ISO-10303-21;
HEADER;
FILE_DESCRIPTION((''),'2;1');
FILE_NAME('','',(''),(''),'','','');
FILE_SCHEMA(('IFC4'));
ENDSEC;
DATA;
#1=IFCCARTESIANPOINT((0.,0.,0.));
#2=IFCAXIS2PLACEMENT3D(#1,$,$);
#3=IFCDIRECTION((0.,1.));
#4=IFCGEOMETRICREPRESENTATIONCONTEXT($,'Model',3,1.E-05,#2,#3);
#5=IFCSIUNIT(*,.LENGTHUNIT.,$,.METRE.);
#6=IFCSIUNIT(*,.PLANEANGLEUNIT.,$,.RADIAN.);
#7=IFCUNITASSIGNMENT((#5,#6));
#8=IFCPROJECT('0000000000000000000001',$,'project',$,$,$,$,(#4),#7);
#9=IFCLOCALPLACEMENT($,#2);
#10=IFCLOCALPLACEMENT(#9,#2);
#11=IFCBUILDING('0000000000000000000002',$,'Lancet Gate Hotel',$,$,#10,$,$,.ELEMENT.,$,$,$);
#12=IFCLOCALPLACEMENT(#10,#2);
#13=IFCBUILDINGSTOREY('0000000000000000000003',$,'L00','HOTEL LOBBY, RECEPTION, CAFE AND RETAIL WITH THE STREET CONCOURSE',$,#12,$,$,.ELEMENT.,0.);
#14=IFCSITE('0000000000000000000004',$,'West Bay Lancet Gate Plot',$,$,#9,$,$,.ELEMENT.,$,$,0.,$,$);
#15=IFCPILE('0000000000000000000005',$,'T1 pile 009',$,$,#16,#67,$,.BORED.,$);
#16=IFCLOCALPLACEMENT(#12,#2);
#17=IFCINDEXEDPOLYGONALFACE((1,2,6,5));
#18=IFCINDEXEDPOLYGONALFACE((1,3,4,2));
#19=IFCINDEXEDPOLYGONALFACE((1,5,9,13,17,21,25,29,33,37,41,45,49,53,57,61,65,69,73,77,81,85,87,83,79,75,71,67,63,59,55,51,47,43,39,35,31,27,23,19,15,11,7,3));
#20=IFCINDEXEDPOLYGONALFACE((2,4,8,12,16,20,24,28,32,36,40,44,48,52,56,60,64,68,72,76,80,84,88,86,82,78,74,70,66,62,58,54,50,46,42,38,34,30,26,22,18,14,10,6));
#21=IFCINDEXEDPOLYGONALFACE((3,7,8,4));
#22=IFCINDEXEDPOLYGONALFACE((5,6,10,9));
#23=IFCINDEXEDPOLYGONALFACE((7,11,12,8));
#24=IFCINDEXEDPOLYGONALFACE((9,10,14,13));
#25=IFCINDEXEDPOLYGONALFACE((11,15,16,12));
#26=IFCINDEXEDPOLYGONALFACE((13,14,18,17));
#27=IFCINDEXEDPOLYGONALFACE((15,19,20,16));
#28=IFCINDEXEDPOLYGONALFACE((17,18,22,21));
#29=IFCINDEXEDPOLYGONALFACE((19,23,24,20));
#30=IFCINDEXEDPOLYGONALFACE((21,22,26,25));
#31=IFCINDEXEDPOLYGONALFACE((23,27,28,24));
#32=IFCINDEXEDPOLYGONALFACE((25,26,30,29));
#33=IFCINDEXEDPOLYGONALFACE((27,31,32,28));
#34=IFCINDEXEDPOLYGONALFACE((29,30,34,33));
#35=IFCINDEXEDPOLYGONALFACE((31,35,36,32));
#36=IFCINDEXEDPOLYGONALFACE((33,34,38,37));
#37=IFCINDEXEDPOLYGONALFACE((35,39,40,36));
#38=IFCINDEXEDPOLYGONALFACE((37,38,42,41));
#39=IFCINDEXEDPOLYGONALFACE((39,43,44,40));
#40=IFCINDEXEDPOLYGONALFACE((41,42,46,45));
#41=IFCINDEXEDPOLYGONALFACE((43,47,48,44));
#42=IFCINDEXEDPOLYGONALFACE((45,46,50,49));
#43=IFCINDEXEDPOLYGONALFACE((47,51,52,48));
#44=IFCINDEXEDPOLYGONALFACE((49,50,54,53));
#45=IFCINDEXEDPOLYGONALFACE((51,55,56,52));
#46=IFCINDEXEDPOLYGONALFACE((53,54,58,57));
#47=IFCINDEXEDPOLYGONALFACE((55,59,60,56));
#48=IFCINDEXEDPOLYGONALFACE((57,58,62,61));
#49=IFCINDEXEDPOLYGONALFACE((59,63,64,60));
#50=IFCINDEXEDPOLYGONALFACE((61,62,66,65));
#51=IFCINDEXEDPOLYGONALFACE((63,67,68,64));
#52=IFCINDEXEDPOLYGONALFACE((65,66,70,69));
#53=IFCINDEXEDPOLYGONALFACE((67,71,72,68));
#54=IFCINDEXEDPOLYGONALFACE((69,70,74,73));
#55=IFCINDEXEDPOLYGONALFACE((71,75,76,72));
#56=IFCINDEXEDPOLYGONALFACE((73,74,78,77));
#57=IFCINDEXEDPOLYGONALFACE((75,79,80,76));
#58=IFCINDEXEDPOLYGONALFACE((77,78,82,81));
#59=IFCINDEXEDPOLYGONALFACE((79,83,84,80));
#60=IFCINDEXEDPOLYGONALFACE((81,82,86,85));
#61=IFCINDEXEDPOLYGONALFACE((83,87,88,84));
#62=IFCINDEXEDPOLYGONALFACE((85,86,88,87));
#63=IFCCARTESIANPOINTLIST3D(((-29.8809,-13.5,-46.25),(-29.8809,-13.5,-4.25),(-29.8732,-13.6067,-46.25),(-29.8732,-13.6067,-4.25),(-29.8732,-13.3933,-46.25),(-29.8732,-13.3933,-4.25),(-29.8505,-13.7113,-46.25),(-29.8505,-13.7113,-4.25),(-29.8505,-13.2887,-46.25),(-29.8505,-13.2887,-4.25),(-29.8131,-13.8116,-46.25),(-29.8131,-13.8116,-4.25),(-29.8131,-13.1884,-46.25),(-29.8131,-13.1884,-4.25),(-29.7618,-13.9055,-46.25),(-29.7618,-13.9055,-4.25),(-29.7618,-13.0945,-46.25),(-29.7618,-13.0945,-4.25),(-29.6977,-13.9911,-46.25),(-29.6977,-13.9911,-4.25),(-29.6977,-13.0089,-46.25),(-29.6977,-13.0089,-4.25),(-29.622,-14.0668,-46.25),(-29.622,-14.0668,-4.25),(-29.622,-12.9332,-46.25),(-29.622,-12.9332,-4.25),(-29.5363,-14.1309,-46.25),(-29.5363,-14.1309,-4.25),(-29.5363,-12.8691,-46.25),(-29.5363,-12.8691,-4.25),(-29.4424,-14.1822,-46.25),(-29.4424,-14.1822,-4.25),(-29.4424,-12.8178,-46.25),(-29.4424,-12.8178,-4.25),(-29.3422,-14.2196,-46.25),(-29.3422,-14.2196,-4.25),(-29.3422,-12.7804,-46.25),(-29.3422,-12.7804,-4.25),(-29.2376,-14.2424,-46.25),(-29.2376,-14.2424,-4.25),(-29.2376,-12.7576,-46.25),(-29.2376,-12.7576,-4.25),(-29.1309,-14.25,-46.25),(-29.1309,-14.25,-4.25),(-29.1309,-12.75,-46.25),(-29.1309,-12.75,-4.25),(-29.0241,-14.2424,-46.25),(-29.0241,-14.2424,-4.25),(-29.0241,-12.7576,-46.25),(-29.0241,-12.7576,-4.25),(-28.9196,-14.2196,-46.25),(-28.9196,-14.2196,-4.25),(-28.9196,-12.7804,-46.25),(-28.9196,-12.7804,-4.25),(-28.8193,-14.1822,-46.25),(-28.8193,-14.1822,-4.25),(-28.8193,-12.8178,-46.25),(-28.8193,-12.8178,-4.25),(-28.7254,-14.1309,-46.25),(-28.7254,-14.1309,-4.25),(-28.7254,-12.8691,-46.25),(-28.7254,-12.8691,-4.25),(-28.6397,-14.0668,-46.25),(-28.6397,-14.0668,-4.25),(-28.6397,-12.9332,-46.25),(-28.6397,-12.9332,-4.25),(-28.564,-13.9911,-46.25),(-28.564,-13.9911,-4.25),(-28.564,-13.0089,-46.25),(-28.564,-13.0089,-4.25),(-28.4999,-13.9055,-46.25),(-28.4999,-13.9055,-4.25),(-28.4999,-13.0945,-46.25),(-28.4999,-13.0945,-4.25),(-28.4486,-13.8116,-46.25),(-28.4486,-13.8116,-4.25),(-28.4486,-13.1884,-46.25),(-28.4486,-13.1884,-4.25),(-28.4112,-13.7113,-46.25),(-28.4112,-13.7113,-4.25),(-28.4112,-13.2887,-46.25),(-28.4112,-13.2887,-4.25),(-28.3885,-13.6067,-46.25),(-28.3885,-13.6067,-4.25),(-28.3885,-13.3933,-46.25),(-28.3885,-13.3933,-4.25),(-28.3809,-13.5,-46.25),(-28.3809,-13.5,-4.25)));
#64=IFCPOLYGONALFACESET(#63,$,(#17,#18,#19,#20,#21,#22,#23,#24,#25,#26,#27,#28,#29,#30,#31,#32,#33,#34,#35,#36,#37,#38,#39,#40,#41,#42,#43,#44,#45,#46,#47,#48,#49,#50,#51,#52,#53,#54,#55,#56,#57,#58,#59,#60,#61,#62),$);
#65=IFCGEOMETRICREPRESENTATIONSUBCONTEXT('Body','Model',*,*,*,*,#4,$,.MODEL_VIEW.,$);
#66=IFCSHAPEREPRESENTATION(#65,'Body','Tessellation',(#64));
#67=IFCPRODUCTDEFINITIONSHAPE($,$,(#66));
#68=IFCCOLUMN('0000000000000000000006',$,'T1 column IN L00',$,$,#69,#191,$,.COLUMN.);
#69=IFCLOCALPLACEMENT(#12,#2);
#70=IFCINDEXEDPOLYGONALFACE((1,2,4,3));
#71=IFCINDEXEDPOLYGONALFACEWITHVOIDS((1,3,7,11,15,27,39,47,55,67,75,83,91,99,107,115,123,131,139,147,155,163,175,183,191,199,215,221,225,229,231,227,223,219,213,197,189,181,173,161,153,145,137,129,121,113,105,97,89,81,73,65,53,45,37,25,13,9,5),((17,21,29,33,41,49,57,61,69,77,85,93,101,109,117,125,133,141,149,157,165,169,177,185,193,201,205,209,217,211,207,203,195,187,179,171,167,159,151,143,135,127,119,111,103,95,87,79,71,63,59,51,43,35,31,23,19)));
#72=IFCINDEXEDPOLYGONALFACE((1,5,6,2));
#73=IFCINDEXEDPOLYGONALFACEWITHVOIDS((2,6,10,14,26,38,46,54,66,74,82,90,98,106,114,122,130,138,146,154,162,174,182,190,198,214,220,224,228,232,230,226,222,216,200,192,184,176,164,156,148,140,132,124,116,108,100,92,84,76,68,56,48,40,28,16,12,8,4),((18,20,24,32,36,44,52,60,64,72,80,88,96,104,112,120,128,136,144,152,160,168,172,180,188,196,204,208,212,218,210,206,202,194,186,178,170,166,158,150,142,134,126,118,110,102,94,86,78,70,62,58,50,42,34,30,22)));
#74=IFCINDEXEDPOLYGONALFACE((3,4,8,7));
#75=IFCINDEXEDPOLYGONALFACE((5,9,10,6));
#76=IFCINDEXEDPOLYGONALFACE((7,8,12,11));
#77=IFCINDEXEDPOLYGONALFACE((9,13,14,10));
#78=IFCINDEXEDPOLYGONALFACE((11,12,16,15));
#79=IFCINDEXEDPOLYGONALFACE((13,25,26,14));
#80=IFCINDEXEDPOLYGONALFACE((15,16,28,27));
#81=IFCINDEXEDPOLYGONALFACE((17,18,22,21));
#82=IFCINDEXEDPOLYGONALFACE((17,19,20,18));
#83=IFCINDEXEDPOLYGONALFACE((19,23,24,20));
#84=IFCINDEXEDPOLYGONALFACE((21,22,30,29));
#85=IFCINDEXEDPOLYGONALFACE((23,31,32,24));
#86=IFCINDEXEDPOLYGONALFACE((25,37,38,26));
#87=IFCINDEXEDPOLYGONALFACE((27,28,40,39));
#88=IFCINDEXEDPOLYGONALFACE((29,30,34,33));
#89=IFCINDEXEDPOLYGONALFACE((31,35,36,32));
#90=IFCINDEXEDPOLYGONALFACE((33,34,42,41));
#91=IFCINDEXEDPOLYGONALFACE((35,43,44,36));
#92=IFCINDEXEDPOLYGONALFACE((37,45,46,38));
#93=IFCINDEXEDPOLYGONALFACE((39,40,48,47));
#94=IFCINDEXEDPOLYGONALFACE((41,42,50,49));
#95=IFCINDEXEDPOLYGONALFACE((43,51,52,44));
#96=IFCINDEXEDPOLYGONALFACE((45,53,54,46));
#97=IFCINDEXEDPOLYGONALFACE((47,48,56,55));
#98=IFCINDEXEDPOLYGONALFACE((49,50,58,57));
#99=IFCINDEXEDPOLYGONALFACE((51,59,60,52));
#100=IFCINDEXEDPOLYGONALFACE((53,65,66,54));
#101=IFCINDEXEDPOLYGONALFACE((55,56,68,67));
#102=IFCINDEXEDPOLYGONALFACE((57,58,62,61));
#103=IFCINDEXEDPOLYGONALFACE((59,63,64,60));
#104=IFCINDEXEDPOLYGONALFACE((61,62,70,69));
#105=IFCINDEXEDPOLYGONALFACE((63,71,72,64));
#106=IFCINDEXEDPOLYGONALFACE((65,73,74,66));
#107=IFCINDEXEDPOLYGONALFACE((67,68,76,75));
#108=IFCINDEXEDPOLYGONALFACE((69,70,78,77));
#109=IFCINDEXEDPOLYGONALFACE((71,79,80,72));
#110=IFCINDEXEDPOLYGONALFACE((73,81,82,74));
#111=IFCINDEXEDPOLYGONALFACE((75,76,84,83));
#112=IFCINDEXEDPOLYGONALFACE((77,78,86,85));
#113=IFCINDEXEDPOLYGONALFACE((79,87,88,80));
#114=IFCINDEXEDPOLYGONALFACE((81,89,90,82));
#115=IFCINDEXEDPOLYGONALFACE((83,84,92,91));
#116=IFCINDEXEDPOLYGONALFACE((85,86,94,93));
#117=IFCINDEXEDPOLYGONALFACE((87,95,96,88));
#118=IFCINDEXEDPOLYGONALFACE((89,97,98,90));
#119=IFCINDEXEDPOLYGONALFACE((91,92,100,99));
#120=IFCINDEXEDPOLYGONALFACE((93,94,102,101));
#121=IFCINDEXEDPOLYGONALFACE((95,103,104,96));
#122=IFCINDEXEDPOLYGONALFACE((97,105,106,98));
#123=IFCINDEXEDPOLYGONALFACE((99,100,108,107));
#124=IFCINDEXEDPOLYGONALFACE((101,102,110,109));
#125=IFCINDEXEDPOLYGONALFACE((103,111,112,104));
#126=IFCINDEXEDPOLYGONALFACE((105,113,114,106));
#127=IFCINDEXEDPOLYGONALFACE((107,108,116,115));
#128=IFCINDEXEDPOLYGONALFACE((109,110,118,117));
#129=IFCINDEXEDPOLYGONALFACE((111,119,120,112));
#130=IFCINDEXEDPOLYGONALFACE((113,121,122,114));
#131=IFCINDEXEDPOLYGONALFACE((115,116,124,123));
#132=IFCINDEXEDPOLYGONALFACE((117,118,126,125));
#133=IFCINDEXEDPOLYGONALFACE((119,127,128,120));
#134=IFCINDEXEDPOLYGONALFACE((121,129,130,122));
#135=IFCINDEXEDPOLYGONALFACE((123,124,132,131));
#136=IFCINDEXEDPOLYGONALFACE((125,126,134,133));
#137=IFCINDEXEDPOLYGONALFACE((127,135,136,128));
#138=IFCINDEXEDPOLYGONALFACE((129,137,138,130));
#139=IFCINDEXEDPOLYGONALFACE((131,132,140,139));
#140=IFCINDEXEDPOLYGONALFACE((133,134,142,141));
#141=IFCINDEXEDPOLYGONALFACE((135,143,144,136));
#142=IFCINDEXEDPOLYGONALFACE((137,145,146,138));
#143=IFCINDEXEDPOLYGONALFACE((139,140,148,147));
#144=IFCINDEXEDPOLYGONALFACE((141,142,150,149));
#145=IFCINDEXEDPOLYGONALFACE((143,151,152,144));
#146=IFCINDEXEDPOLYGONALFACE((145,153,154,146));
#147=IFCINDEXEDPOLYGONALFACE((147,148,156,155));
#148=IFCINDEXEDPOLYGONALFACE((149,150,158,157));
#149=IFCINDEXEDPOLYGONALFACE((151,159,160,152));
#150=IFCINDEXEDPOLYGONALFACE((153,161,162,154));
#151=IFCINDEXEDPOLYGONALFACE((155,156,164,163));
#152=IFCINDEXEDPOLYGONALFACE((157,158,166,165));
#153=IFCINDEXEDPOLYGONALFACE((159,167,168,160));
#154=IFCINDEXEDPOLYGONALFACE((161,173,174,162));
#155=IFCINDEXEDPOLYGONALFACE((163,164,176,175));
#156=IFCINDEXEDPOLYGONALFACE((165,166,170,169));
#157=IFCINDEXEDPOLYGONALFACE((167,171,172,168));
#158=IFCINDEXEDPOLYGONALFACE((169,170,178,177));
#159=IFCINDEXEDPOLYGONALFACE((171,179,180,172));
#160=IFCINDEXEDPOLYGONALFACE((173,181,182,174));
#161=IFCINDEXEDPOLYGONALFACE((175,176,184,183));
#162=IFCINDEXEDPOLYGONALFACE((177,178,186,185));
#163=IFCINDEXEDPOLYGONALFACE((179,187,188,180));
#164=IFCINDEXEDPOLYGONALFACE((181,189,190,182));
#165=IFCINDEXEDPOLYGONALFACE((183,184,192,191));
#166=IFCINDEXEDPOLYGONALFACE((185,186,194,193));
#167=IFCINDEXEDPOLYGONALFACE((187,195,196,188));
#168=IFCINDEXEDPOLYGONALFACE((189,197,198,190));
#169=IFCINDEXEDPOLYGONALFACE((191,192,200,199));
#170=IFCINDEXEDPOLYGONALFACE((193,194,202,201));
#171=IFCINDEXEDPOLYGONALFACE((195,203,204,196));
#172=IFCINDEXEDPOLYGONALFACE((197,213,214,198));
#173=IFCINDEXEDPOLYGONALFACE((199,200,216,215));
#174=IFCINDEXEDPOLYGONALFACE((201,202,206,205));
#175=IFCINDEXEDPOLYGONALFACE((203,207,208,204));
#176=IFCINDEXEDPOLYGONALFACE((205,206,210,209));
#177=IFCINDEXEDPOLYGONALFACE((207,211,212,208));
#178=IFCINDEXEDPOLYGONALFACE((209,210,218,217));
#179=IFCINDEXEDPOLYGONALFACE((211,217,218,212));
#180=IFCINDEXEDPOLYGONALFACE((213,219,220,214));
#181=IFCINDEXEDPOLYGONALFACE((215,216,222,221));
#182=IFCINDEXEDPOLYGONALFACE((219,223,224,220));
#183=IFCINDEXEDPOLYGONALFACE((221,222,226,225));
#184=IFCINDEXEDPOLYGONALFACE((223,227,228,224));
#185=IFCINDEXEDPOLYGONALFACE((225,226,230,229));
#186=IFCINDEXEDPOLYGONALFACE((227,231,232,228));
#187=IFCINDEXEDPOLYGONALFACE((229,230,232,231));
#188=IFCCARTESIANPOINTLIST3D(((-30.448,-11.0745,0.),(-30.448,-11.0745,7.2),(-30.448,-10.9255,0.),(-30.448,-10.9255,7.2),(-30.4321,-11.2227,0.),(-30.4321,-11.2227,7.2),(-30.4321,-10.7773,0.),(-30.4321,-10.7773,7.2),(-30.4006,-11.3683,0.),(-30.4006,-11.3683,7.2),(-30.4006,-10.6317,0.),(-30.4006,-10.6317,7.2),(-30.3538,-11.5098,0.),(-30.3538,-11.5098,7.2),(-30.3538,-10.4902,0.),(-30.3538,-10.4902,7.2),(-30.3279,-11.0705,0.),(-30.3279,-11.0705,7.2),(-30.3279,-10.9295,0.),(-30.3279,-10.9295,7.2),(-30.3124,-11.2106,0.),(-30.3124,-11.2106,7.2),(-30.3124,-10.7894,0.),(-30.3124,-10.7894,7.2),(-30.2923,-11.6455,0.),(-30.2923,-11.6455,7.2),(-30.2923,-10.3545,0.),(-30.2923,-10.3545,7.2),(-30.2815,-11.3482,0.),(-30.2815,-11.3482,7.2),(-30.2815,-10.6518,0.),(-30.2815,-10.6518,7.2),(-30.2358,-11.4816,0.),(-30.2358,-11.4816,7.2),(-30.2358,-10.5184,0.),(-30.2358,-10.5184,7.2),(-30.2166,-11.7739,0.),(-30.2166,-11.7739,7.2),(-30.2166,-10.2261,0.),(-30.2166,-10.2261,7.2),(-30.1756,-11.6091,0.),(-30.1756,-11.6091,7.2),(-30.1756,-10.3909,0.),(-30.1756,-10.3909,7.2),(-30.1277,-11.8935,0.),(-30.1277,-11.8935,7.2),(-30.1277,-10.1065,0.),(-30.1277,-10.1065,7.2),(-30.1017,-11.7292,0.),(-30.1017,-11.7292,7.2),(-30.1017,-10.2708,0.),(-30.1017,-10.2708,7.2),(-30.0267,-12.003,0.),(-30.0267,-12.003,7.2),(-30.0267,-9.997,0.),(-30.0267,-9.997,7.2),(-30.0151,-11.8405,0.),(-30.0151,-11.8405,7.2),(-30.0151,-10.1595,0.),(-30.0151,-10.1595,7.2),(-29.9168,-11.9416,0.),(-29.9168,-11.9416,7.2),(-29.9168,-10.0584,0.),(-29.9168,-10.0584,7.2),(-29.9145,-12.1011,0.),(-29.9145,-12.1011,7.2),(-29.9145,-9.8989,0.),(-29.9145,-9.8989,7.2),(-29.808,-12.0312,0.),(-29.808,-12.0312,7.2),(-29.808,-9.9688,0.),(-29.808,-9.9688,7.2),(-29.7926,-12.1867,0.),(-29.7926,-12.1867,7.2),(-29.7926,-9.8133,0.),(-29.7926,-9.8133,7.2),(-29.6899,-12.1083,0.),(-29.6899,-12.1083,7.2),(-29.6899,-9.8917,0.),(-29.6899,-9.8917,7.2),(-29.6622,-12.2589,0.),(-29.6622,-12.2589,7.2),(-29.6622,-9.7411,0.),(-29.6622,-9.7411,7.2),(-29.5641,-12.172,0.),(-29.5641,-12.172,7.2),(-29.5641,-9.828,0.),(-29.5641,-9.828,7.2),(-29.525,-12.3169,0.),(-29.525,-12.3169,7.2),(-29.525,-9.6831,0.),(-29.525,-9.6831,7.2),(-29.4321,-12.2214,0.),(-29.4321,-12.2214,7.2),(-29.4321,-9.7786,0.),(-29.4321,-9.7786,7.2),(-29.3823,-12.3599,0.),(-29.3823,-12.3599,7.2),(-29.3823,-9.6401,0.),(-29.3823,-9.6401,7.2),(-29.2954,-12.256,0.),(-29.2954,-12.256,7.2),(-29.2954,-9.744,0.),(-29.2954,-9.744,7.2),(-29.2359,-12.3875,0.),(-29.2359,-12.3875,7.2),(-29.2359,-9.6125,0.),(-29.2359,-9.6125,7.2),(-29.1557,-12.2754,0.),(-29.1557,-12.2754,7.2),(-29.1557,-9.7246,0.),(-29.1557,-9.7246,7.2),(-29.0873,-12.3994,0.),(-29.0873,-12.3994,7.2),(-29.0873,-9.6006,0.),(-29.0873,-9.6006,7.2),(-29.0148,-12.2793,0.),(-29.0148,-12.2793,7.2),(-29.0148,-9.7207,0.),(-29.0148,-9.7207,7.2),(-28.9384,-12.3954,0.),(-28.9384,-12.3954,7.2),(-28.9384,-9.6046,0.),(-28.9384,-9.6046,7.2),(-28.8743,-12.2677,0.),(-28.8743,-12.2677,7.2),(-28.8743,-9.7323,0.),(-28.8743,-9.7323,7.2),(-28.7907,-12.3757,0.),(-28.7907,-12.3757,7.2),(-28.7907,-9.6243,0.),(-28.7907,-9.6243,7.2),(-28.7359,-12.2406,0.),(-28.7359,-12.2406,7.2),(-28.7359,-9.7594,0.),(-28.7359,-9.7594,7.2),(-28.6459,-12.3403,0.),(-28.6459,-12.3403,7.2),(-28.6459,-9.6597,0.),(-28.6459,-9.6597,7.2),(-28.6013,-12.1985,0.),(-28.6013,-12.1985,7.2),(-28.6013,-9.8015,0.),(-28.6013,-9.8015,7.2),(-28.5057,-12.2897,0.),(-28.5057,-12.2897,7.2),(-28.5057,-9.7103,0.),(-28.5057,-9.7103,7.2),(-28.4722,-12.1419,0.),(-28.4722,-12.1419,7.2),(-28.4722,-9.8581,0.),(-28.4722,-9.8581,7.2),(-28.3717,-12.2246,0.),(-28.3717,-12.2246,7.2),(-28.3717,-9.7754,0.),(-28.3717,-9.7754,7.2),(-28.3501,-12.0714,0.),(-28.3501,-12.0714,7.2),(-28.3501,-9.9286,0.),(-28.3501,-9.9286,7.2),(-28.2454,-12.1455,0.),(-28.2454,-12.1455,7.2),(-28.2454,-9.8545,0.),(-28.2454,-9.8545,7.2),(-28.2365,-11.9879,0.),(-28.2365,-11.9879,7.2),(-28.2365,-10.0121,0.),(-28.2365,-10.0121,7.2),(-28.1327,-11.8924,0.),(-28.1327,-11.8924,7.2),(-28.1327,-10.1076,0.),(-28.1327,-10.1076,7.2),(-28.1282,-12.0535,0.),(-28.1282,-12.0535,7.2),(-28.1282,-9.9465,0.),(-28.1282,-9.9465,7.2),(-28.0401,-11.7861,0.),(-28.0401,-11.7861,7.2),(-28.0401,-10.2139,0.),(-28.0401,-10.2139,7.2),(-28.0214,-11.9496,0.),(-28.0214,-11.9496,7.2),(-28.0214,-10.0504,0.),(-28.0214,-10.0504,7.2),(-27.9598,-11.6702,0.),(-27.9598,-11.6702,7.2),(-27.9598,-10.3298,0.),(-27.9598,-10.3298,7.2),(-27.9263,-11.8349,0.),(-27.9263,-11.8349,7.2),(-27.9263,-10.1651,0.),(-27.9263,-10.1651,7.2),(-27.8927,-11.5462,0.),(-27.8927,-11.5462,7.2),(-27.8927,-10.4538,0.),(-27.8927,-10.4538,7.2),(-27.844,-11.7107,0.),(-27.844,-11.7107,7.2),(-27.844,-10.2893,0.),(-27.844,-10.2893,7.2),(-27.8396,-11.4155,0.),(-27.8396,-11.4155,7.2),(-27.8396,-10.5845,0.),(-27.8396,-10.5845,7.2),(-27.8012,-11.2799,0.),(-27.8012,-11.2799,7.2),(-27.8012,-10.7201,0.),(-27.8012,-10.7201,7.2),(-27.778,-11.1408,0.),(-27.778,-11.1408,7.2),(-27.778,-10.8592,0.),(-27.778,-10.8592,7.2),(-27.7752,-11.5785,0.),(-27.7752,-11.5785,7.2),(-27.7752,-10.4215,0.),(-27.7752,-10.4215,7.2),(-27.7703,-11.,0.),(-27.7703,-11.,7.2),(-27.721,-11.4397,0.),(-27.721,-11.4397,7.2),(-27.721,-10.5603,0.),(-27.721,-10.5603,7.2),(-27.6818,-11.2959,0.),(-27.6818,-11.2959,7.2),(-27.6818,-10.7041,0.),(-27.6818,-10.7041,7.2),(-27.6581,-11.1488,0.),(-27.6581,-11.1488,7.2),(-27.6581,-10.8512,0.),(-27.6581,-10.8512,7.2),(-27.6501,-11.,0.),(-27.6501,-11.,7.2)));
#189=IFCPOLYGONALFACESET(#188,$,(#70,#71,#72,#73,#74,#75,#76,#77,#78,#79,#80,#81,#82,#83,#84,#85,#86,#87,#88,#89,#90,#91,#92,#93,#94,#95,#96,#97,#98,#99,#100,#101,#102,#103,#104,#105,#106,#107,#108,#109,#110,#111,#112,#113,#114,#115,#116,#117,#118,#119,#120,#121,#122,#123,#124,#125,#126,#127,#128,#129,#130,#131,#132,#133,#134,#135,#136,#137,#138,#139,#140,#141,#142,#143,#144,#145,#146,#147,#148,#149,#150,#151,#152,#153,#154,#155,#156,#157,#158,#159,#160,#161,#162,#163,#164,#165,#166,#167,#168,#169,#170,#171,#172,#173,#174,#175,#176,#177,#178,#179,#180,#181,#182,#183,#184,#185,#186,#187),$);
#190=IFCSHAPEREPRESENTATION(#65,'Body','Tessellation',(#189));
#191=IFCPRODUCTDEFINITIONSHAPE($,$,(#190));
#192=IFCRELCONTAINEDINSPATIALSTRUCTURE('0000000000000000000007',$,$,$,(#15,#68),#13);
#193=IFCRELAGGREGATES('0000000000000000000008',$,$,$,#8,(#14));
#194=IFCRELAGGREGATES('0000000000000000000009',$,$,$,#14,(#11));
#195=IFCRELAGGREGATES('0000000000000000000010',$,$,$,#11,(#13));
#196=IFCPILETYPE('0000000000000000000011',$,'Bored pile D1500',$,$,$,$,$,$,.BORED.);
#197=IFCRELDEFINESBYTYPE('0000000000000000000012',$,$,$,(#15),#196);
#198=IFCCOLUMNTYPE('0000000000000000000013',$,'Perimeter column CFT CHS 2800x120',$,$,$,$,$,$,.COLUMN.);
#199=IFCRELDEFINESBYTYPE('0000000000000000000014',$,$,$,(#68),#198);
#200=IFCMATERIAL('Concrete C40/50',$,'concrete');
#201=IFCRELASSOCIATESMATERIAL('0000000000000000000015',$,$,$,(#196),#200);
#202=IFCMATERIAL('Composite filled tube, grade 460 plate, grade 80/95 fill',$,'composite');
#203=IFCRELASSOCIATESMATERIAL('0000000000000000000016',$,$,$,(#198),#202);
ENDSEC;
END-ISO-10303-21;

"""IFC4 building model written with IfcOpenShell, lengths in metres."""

from ifc_helpers import new_model, si_unit, direction, frame, origin, origin_2d, place, context, subcontext, project, spatial, circle, hollow_circle, extrude, material, material_profile, profile_set, type_object, element, save


model = new_model("IFC4")

# Units and contexts
model_context = context("Model", 3, precision=1e-05, world=origin(), true_north=direction((0.0, 1.0)))
body_context = subcontext(model_context, "Body", "Model", "MODEL_VIEW")
ifc_project = project(units=[si_unit("LENGTHUNIT", "METRE"), si_unit("PLANEANGLEUNIT", "RADIAN")], contexts=[model_context])

# Site, building, storey
site_placement = place(None, origin())
site = spatial("IfcSite", under=ifc_project, at=site_placement, Name="West Bay Lancet Gate Plot", CompositionType="ELEMENT", RefElevation=0.0)
building_placement = place(site_placement, origin())
building = spatial("IfcBuilding", under=site, at=building_placement, Name="Lancet Gate Hotel", CompositionType="ELEMENT")
storey_placement = place(building_placement, origin())
storey = spatial("IfcBuildingStorey", under=building, at=storey_placement, Name="L00", Description="HOTEL LOBBY, RECEPTION, CAFE AND RETAIL WITH THE STREET CONCOURSE", CompositionType="ELEMENT", Elevation=0.0)

# Pile
ifc_material_1 = material(Name="Concrete C40/50", Category="concrete")
ifc_material_profile_1 = material_profile(ifc_material_1, circle(Radius=0.75, at=origin_2d()), Name="PILE D1500")
ifc_profile_set_1 = profile_set([ifc_material_profile_1], Name="Concrete C40/50")
pile_type = type_object("IfcPileType", Name="Bored pile D1500", PredefinedType="BORED", material=ifc_profile_set_1)
for number, where, z_axis, x_axis, name in (
    (1, (-29.1309, -13.5, -4.25), (0.0, 0.0, -1.0), (1.0, 0.0, 0.0), "T1 pile 009"),
):
    element("IfcPile", number, at=place(storey_placement, frame(where, z_axis=z_axis, x_axis=x_axis)), inside=storey, type_object=pile_type, Name=name, PredefinedType="BORED", context=body_context, shape_type="SweptSolid", body=[
        extrude(circle(Radius=0.75, at=origin_2d()), origin(), (0.0, 0.0, 1.0), 42.0),
    ])

# Column
ifc_material_2 = material(Name="Composite filled tube, grade 460 plate, grade 80/95 fill", Category="composite")
ifc_material_profile_2 = material_profile(ifc_material_2, hollow_circle(Radius=1.3999, WallThickness=0.1201, at=origin_2d()), Name="CHS 2800x120")
ifc_profile_set_2 = profile_set([ifc_material_profile_2], Name="Composite filled tube, grade 460 plate, grade 80/95 fill")
column_type_1 = type_object("IfcColumnType", Name="Perimeter column CFT CHS 2800x120", PredefinedType="COLUMN", material=ifc_profile_set_2)
for number, where, z_axis, x_axis, name in (
    (2, (-29.05, -11.0, 0.0), (0.0, 0.0, 1.0), (1.0, 0.0, 0.0), "T1 column IN L00"),
):
    element("IfcColumn", number, at=place(storey_placement, frame(where, z_axis=z_axis, x_axis=x_axis)), inside=storey, type_object=column_type_1, Name=name, PredefinedType="COLUMN", context=body_context, shape_type="SweptSolid", body=[
        extrude(hollow_circle(Radius=1.3999, WallThickness=0.1201, at=origin_2d()), origin(), (0.0, 0.0, 1.0), 7.2),
    ])

save(model, "model.ifc")
